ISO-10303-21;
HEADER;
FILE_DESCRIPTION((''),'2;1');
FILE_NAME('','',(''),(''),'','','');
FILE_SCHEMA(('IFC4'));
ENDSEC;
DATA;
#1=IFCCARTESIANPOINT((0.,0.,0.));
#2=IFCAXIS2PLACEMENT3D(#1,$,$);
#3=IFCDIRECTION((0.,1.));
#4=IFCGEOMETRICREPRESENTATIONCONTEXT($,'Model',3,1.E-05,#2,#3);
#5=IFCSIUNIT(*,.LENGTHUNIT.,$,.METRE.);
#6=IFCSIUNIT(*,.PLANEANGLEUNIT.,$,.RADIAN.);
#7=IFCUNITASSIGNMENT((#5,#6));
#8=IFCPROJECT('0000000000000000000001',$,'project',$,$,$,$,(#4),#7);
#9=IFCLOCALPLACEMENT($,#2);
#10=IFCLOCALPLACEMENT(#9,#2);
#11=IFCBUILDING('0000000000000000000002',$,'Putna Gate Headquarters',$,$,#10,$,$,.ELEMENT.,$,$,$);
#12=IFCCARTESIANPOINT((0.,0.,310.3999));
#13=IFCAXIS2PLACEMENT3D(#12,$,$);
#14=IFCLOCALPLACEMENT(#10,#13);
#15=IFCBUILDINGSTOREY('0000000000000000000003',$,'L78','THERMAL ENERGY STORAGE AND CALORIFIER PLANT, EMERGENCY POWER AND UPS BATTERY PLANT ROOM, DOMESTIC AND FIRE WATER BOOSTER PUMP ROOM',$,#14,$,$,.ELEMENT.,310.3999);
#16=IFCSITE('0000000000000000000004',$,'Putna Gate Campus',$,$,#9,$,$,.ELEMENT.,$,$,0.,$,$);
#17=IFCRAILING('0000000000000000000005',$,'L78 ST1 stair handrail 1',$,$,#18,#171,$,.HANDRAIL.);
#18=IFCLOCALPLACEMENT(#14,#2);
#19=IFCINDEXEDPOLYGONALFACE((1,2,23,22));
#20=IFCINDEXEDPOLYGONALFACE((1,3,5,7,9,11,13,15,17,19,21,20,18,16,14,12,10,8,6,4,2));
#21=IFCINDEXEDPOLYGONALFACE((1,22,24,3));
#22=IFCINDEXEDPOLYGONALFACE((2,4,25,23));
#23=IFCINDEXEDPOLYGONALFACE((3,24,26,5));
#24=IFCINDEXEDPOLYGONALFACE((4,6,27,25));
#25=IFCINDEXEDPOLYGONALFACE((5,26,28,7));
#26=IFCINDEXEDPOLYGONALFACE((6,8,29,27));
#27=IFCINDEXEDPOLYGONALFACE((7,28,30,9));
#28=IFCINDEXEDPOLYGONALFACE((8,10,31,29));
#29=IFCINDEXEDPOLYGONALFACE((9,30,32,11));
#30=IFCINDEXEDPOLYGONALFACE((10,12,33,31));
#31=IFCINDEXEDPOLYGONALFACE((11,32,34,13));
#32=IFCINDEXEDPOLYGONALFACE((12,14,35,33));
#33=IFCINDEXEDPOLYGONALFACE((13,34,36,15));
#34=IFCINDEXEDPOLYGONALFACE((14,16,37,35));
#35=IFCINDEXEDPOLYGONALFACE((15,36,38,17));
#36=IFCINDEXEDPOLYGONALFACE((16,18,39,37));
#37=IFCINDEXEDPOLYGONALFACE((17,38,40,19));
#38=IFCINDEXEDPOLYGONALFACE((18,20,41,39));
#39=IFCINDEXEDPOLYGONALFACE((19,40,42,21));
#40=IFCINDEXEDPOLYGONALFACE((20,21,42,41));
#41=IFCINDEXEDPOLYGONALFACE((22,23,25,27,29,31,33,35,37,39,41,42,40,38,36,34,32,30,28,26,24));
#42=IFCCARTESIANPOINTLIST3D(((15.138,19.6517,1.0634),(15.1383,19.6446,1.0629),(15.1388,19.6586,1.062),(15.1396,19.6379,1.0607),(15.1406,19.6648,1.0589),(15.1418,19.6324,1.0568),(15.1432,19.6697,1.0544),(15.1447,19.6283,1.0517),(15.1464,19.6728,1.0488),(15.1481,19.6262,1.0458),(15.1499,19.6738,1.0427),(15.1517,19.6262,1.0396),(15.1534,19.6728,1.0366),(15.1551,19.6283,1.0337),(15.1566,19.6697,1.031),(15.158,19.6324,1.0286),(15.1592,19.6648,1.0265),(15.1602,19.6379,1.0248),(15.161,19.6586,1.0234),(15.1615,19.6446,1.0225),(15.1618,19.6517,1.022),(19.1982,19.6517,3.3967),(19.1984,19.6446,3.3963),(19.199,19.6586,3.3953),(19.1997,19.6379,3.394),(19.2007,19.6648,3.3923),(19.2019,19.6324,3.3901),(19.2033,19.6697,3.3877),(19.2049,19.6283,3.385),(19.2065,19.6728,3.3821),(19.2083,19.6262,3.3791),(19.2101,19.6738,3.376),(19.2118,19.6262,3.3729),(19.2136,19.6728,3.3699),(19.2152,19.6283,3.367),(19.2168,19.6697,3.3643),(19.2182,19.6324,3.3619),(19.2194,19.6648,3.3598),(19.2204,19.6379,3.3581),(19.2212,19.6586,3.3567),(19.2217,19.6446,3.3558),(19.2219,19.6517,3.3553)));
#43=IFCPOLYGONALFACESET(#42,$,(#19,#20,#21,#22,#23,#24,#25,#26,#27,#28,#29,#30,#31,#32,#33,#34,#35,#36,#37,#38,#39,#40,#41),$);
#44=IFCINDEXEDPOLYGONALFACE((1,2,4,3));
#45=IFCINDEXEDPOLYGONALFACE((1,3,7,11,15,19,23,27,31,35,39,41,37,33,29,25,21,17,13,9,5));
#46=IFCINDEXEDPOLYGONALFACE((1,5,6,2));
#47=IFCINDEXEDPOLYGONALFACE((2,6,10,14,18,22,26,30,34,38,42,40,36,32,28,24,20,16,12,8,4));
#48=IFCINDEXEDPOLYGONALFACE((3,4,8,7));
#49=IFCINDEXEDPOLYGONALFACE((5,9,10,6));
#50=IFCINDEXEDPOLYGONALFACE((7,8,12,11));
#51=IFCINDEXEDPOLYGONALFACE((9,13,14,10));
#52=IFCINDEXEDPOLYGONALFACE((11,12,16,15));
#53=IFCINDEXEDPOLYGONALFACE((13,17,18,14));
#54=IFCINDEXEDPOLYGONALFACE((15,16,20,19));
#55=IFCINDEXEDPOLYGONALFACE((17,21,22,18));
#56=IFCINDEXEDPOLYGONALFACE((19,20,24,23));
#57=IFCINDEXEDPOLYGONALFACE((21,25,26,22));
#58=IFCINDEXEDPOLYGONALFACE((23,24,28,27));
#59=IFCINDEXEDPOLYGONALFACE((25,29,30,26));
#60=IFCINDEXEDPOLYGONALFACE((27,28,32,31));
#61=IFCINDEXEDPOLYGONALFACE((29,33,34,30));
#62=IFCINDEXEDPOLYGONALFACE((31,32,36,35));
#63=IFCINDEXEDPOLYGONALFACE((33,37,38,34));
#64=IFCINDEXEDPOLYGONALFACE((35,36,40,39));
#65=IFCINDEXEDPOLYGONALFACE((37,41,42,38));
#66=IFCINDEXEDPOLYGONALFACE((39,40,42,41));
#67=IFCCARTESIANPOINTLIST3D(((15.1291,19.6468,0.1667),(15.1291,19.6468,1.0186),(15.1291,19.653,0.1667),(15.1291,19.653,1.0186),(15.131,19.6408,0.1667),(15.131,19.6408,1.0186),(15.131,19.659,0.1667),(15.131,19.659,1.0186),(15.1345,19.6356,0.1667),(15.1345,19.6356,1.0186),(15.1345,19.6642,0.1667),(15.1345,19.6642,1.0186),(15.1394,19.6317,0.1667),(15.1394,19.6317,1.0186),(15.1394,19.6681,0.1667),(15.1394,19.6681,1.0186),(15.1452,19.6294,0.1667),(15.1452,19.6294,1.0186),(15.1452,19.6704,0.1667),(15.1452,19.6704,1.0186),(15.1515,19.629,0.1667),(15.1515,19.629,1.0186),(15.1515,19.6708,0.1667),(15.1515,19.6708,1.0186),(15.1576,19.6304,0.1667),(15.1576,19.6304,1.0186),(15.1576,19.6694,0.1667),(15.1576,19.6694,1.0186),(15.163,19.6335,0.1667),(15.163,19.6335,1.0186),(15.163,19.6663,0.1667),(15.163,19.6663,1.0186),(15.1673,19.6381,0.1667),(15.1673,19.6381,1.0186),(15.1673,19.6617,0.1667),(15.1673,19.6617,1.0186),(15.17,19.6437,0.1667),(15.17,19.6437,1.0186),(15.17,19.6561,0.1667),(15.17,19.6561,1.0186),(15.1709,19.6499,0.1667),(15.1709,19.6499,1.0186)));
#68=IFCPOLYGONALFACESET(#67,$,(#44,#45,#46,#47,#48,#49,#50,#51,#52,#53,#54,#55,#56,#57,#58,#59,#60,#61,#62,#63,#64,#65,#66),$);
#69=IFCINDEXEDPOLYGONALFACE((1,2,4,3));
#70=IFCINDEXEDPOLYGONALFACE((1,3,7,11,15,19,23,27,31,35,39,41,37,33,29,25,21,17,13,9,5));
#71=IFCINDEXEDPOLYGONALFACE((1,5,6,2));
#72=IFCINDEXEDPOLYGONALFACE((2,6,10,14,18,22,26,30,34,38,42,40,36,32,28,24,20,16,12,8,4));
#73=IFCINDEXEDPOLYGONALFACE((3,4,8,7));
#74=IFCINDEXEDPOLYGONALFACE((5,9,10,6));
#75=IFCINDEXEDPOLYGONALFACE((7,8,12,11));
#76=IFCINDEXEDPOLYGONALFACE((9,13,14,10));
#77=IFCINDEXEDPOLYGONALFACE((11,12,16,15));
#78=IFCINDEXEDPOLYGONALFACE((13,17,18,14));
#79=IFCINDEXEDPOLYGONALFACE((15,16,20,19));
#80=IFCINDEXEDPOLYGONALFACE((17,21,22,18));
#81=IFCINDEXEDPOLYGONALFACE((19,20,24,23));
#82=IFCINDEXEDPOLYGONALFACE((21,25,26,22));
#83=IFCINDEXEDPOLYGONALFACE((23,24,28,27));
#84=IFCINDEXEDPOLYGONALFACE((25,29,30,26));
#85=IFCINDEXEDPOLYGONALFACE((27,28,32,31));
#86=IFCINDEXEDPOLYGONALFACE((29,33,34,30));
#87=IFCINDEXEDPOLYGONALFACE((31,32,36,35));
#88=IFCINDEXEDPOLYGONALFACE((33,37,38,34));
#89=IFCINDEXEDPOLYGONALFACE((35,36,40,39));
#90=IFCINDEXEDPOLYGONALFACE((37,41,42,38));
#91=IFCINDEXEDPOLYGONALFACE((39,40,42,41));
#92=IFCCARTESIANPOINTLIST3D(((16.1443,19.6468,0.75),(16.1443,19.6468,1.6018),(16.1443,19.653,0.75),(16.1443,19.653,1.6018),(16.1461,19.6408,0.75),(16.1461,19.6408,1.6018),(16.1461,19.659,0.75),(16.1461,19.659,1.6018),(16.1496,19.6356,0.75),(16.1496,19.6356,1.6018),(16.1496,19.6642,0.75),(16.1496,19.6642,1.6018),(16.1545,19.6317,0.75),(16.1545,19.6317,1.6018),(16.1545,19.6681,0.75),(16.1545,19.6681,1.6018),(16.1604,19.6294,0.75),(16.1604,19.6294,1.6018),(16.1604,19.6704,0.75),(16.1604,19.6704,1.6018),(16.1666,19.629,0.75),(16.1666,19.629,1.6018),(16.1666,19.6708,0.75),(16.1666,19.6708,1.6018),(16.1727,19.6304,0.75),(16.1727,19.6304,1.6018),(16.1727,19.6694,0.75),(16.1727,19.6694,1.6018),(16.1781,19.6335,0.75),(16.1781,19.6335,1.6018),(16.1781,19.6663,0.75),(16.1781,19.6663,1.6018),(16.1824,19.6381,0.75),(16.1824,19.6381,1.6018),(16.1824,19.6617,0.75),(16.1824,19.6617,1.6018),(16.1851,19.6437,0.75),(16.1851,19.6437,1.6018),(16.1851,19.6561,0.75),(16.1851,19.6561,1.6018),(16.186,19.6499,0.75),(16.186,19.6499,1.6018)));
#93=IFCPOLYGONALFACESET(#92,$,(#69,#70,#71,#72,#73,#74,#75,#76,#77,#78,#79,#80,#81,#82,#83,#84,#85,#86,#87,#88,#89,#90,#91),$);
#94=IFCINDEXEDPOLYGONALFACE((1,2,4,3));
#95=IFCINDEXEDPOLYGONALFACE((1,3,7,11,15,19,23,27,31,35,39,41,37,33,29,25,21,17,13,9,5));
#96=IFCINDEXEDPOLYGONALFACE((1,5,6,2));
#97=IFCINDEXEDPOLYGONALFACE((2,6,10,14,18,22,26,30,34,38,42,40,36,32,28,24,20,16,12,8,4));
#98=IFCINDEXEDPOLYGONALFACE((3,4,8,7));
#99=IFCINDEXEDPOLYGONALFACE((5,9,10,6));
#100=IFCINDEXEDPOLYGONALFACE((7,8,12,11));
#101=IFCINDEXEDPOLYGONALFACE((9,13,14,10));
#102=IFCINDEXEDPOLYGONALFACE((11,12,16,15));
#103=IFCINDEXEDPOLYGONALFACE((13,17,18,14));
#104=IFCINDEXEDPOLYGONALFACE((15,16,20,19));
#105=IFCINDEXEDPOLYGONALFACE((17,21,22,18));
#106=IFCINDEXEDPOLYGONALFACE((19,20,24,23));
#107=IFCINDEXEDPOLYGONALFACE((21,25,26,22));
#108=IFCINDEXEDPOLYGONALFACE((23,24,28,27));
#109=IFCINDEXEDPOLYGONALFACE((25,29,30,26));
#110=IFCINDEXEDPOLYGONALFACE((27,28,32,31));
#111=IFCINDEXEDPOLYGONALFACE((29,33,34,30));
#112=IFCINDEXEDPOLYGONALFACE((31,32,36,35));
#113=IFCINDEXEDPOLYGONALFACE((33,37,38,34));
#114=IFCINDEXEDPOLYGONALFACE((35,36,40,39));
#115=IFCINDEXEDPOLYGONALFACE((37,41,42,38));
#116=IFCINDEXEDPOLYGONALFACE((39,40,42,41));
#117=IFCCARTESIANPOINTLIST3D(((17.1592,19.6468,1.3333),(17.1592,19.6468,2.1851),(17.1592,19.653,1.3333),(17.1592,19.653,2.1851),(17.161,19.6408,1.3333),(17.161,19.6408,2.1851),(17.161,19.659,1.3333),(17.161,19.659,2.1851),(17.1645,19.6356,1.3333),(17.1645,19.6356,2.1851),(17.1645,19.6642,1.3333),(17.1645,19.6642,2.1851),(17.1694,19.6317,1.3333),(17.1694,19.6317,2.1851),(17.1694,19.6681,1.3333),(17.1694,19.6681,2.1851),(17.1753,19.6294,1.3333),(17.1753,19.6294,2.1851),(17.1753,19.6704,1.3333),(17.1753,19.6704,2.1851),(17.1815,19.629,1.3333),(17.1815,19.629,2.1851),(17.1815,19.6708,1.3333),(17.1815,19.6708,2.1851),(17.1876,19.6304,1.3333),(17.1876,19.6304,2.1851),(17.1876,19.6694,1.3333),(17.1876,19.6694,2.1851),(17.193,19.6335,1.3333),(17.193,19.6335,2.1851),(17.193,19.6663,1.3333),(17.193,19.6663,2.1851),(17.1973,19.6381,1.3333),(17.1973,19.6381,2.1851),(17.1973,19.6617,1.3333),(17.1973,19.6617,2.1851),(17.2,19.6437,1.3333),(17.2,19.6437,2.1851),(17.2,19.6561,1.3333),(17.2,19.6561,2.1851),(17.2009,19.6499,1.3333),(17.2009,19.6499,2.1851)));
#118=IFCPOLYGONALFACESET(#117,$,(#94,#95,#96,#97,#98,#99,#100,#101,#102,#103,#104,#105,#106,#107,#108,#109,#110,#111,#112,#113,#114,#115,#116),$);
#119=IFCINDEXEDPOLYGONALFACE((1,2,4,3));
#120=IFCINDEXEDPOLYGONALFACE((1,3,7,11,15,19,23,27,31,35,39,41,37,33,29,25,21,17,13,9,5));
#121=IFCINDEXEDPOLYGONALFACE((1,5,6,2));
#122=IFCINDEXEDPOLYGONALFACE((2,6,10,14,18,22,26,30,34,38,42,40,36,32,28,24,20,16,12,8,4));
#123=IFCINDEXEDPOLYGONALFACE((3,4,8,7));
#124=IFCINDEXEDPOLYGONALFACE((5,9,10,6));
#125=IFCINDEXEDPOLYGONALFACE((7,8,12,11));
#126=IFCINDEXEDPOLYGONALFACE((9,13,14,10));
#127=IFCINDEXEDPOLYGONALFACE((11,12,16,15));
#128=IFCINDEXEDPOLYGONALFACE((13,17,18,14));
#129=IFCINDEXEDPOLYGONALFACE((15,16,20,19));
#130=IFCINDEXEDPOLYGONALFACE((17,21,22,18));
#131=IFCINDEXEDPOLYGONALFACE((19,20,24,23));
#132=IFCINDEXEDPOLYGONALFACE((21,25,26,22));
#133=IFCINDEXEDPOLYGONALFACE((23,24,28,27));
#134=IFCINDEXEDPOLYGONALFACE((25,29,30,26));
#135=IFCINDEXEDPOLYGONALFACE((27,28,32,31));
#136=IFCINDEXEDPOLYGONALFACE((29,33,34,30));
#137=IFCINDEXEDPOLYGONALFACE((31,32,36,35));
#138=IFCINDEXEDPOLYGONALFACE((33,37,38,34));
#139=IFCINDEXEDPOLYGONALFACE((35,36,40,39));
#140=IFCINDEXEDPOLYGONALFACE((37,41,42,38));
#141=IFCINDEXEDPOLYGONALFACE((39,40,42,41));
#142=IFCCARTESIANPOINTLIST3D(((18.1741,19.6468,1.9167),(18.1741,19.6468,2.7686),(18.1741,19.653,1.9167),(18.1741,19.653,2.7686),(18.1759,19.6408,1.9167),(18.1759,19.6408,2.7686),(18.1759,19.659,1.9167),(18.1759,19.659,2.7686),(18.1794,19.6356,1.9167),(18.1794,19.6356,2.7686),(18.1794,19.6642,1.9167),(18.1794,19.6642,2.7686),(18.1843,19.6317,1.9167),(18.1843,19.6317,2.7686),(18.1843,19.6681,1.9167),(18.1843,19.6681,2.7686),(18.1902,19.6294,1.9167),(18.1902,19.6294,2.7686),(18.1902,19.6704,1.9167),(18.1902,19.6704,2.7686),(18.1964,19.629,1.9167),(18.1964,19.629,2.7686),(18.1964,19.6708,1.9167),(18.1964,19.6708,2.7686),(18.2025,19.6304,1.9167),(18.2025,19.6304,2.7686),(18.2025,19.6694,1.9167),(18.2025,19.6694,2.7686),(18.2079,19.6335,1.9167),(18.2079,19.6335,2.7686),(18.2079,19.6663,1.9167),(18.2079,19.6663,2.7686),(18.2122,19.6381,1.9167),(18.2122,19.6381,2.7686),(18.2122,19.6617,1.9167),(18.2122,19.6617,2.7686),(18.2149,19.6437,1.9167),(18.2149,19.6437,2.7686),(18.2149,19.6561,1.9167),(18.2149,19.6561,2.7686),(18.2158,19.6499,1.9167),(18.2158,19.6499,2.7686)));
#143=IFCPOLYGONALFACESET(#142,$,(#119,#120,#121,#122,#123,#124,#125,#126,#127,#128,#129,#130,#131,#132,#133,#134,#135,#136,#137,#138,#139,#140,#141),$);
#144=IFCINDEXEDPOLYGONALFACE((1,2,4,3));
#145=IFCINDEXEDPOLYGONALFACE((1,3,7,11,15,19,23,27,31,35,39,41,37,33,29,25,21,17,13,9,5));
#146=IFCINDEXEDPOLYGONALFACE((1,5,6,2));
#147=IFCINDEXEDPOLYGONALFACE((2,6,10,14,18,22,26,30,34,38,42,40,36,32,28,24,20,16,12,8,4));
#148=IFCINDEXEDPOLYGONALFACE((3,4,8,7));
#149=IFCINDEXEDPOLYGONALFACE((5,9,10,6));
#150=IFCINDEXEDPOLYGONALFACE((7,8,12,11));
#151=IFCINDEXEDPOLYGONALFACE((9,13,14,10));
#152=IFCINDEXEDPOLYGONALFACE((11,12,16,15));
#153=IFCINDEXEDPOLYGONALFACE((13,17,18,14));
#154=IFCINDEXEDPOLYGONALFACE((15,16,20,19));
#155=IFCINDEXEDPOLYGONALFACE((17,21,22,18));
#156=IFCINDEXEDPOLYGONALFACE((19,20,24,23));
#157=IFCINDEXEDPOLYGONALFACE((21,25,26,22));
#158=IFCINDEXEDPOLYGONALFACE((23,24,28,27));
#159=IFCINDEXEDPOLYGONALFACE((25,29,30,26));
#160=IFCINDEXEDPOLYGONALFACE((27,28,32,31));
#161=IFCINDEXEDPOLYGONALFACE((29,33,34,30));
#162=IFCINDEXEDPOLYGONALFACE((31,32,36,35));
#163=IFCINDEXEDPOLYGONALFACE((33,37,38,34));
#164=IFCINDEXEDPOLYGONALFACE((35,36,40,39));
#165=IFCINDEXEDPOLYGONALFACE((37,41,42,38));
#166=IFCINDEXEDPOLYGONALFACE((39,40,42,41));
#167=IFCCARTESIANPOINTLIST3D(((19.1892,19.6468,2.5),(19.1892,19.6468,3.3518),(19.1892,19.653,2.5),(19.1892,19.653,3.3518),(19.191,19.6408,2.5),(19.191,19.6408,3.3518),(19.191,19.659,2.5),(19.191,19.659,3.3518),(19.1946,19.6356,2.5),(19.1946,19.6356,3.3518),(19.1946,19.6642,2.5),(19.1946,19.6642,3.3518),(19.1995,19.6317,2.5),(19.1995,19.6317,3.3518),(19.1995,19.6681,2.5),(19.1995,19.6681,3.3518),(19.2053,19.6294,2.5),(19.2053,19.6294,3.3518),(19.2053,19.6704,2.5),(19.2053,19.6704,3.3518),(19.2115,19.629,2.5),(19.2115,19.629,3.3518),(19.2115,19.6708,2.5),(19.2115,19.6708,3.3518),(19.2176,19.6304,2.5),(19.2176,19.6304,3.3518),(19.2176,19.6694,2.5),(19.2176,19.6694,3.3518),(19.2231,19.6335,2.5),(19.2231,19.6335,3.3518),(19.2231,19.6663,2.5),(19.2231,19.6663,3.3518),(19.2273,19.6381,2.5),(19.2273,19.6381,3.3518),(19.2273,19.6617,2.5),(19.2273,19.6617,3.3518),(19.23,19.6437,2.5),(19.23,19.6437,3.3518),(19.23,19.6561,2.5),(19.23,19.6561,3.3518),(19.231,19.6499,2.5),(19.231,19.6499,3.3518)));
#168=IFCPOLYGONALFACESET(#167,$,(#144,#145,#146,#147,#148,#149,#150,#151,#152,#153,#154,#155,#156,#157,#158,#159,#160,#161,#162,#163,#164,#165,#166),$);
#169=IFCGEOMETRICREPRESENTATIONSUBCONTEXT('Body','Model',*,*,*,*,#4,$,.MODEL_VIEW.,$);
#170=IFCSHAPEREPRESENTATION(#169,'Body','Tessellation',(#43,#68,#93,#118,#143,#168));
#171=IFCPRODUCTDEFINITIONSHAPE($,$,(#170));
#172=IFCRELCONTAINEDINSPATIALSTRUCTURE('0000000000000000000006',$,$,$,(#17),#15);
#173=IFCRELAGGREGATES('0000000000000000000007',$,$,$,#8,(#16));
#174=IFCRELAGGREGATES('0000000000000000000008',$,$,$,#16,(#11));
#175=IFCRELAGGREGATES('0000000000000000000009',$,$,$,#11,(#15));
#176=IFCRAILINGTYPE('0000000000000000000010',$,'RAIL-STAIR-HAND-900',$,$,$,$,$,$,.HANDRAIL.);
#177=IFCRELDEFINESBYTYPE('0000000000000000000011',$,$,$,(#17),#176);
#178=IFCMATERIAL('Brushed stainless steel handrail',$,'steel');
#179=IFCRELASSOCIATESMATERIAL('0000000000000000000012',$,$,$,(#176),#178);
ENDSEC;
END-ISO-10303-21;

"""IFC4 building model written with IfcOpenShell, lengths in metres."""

from ifc_helpers import new_model, si_unit, direction, frame, origin, origin_2d, place, context, subcontext, project, spatial, circle, extrude, material, type_object, element, save


model = new_model("IFC4")

# Units and contexts
model_context = context("Model", 3, precision=1e-05, world=origin(), true_north=direction((0.0, 1.0)))
body_context = subcontext(model_context, "Body", "Model", "MODEL_VIEW")
ifc_project = project(units=[si_unit("LENGTHUNIT", "METRE"), si_unit("PLANEANGLEUNIT", "RADIAN")], contexts=[model_context])

# Site, building, storey
site_placement = place(None, origin())
site = spatial("IfcSite", under=ifc_project, at=site_placement, Name="Putna Gate Campus", CompositionType="ELEMENT", RefElevation=0.0)
building_placement = place(site_placement, origin())
building = spatial("IfcBuilding", under=site, at=building_placement, Name="Putna Gate Headquarters", CompositionType="ELEMENT")
storey_placement = place(building_placement, frame((0.0, 0.0, 310.3999)))
storey = spatial("IfcBuildingStorey", under=building, at=storey_placement, Name="L78", Description="THERMAL ENERGY STORAGE AND CALORIFIER PLANT, EMERGENCY POWER AND UPS BATTERY PLANT ROOM, DOMESTIC AND FIRE WATER BOOSTER PUMP ROOM", CompositionType="ELEMENT", Elevation=310.3999)

# Railing
ifc_material_1 = material(Name="Brushed stainless steel handrail", Category="steel")
railing_type_1 = type_object("IfcRailingType", Name="RAIL-STAIR-HAND-900", PredefinedType="HANDRAIL", material=ifc_material_1)
railing_1_placement = place(storey_placement, frame((15.1499, 19.6499, 0.1667)))
element("IfcRailing", 1, at=railing_1_placement, inside=storey, type_object=railing_type_1, Name="L78 ST1 stair handrail 1", PredefinedType="HANDRAIL", context=body_context, shape_type="SweptSolid", body=[
    extrude(circle(Radius=0.0239, at=origin_2d()), frame((0.0, 0.0, 0.876), z_axis=(0.867025, 0.0, 0.498265), x_axis=(0.0, 1.0, 0.0)), (0.0, 0.0, 1.0), 4.6829),
    extrude(circle(Radius=0.021, at=origin_2d()), origin(), (0.0, 0.0, 1.0), 0.8518),
    extrude(circle(Radius=0.021, at=origin_2d()), frame((1.0151, 0.0, 0.5833)), (0.0, 0.0, 1.0), 0.8518),
    extrude(circle(Radius=0.021, at=origin_2d()), frame((2.03, 0.0, 1.1665)), (0.0, 0.0, 1.0), 0.8518),
    extrude(circle(Radius=0.021, at=origin_2d()), frame((3.0449, 0.0, 1.75)), (0.0, 0.0, 1.0), 0.8518),
    extrude(circle(Radius=0.021, at=origin_2d()), frame((4.0601, 0.0, 2.3333)), (0.0, 0.0, 1.0), 0.8518),
])

save(model, "model.ifc")
